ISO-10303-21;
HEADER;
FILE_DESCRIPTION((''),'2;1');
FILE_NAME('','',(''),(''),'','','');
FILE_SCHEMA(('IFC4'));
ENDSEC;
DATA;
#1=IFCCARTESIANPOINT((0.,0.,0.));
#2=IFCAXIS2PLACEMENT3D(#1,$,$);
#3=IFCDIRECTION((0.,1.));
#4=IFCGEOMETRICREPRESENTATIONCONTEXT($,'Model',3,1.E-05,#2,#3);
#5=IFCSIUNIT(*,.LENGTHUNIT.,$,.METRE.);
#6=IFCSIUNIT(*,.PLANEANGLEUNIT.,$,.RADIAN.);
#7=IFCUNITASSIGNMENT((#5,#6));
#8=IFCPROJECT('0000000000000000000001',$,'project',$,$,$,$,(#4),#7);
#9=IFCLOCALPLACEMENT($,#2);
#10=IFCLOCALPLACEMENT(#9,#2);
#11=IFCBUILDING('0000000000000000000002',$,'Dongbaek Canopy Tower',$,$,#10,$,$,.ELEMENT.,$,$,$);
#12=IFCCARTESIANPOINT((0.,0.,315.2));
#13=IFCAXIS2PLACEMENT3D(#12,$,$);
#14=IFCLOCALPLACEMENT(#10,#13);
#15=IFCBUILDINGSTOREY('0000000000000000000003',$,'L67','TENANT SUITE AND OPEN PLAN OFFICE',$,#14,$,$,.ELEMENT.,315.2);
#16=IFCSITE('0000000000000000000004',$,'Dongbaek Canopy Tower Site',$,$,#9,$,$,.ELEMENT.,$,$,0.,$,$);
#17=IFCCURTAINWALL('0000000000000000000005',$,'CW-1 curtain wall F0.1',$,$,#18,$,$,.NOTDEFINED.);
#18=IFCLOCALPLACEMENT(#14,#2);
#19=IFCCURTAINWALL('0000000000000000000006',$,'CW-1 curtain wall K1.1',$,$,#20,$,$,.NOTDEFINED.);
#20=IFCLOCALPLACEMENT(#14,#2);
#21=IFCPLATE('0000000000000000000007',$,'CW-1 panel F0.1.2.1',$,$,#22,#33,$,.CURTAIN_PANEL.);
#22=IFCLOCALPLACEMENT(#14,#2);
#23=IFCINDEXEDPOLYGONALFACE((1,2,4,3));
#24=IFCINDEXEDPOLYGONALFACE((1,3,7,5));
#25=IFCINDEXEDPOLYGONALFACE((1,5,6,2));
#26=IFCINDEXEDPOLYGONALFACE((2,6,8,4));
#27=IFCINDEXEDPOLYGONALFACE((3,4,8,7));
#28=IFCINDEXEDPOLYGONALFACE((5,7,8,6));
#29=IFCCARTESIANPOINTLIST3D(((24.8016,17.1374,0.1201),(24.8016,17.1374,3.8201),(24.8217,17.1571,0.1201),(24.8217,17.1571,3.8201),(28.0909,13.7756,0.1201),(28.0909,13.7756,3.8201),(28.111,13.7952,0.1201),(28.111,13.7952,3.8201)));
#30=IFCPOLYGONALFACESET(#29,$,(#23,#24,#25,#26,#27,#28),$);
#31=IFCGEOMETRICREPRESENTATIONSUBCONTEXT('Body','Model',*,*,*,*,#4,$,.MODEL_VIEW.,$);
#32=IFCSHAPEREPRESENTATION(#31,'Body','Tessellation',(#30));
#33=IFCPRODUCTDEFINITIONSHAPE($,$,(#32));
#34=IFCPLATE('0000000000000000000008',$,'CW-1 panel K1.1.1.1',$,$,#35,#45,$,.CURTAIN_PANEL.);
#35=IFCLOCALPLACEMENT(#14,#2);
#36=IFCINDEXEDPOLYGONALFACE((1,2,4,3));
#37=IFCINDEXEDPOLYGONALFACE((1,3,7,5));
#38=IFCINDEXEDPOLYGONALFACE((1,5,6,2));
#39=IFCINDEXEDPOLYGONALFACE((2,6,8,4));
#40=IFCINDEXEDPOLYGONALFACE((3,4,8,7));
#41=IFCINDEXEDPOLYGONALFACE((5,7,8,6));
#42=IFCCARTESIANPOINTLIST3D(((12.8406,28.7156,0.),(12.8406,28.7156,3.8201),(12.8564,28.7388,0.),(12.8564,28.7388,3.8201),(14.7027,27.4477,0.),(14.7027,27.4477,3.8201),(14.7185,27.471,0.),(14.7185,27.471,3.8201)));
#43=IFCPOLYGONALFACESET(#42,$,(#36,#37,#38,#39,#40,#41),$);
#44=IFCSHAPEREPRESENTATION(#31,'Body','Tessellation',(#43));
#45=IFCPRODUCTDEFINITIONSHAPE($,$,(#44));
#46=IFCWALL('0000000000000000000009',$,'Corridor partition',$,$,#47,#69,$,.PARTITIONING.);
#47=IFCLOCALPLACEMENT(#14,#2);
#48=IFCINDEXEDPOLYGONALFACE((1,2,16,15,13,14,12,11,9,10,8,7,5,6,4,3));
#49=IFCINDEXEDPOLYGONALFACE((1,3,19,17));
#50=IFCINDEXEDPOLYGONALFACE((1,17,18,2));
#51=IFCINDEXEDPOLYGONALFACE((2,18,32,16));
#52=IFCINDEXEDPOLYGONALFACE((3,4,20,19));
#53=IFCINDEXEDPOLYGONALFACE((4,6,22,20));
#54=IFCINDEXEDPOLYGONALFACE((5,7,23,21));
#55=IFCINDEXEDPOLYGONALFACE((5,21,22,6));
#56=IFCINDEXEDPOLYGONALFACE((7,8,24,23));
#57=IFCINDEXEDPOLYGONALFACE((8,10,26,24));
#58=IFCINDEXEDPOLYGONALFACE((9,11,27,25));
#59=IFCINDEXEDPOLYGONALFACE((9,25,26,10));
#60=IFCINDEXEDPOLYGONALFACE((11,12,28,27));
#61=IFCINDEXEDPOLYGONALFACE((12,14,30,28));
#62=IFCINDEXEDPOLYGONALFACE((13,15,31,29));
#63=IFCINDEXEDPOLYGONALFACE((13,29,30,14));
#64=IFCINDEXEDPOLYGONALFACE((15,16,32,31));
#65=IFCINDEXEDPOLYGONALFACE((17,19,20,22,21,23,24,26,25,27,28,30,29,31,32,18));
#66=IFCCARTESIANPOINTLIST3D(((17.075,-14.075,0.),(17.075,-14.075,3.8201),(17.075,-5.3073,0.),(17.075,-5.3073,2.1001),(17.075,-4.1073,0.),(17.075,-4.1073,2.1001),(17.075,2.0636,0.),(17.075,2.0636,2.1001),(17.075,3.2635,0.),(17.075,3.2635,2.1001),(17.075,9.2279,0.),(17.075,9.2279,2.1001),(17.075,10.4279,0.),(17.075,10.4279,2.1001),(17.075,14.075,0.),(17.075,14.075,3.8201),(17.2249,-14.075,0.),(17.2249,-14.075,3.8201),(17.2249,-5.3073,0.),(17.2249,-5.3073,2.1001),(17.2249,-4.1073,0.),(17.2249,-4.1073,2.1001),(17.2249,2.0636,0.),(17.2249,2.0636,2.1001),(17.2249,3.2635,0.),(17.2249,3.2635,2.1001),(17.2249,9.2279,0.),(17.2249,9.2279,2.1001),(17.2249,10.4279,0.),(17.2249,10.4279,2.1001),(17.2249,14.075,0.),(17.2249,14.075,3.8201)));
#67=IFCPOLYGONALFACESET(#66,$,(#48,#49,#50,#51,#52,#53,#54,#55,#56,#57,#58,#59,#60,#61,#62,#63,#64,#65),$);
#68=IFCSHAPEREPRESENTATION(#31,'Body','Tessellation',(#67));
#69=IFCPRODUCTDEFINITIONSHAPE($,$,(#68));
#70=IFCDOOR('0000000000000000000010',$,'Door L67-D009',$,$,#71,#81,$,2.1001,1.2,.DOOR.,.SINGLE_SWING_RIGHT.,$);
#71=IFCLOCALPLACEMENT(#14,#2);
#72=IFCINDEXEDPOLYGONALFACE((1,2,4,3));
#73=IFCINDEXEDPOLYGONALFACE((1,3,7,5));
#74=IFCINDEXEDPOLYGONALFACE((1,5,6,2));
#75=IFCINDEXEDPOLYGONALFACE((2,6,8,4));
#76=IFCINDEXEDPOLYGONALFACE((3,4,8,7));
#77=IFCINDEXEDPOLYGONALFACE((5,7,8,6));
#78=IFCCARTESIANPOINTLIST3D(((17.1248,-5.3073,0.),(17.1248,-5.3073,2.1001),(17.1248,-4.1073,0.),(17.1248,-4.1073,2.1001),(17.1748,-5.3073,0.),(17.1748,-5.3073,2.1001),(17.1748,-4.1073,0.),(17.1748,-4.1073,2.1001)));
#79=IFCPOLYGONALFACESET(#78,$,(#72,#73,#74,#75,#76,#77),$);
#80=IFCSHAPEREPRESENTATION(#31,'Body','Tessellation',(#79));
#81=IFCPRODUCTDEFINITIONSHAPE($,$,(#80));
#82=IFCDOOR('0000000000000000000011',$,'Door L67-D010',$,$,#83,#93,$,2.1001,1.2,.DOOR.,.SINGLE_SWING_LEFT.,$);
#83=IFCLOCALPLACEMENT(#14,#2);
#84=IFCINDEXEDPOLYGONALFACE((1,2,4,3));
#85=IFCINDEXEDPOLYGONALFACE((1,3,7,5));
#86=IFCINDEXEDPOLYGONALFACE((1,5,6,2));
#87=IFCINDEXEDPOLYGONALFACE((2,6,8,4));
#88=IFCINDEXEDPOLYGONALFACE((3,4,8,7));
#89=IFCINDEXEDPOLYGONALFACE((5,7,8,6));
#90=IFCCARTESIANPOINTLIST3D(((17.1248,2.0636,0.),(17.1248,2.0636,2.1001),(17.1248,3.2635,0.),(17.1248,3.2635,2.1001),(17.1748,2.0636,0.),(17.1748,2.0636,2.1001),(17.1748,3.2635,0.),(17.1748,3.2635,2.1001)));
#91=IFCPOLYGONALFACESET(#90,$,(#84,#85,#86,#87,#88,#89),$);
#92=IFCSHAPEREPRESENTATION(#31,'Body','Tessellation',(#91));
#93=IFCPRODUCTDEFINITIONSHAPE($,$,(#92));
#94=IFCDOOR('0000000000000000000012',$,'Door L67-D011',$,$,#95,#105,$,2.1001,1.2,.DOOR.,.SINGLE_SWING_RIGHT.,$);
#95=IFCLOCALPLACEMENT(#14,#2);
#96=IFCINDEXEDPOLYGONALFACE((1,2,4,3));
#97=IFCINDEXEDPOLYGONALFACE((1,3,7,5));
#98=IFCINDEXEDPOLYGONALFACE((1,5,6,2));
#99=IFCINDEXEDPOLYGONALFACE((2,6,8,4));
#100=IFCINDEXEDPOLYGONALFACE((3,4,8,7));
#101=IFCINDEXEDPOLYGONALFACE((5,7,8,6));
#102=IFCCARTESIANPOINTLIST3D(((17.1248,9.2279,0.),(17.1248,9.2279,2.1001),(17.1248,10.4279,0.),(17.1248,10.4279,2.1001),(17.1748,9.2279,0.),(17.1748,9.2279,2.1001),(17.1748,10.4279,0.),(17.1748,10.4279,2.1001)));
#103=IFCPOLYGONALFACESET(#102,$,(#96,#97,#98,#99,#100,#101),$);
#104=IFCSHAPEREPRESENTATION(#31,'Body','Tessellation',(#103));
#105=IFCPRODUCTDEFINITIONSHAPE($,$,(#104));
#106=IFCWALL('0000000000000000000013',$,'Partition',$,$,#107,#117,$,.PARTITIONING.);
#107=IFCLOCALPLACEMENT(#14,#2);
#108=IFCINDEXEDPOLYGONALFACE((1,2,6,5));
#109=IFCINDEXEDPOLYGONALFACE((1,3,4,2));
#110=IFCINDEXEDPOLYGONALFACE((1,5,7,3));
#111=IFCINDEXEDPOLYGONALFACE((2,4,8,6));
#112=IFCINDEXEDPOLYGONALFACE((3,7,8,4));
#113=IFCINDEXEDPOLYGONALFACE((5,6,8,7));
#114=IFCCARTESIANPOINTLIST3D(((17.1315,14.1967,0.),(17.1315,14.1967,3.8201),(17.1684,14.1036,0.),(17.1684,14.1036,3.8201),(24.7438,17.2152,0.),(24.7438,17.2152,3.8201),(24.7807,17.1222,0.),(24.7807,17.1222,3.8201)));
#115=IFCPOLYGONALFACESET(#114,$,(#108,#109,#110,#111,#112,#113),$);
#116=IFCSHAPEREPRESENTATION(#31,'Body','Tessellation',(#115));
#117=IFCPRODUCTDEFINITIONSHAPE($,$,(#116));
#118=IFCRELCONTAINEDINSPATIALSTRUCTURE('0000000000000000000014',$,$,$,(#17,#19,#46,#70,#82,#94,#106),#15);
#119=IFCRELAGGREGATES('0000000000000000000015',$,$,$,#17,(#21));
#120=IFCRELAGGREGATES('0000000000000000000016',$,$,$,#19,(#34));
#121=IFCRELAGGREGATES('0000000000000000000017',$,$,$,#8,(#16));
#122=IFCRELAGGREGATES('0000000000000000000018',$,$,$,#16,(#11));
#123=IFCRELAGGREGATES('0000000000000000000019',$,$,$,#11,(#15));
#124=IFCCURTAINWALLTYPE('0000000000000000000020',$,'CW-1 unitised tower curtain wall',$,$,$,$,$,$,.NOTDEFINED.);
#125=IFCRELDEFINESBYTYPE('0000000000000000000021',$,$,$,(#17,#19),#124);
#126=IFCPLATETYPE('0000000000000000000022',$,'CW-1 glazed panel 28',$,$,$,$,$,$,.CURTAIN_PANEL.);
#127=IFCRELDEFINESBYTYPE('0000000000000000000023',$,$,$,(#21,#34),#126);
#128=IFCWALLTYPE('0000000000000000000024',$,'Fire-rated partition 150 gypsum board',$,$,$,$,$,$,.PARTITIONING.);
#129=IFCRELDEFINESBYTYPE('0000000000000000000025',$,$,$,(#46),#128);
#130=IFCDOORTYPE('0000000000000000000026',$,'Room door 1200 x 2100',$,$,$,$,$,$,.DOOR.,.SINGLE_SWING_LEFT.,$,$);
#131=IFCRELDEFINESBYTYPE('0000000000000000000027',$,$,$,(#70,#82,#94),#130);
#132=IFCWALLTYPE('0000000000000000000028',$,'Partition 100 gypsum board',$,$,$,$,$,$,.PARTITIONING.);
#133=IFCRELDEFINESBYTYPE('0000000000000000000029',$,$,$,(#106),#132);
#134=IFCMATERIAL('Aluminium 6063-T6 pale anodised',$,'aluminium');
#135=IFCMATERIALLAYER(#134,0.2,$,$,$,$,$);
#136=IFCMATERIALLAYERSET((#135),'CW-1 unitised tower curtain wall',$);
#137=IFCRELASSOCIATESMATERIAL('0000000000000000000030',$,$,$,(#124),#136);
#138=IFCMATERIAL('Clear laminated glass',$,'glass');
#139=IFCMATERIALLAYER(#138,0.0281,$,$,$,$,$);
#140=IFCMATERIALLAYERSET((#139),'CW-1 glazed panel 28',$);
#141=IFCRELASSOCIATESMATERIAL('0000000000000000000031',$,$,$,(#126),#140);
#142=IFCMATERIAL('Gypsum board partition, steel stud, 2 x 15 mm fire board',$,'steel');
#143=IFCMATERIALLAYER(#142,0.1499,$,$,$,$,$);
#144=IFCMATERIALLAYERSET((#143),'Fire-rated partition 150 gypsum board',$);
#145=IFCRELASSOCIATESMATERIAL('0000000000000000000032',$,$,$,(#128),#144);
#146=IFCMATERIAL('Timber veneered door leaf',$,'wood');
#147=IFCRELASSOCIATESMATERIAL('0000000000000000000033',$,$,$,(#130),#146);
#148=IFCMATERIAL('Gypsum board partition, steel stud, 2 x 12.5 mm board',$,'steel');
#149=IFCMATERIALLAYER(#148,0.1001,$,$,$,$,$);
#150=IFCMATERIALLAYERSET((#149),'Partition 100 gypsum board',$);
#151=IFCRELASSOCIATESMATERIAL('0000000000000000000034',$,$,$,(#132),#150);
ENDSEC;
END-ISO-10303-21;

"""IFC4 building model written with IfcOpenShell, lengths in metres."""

from ifc_helpers import new_model, si_unit, direction, frame, frame_2d, origin, origin_2d, place, context, subcontext, project, spatial, rectangle, extrude, material, layer, layer_set, type_object, element, fill, aggregate, save


model = new_model("IFC4")

# Units and contexts
model_context = context("Model", 3, precision=1e-05, world=origin(), true_north=direction((0.0, 1.0)))
body_context = subcontext(model_context, "Body", "Model", "MODEL_VIEW")
ifc_project = project(units=[si_unit("LENGTHUNIT", "METRE"), si_unit("PLANEANGLEUNIT", "RADIAN")], contexts=[model_context])

# Site, building, storey
site_placement = place(None, origin())
site = spatial("IfcSite", under=ifc_project, at=site_placement, Name="Dongbaek Canopy Tower Site", CompositionType="ELEMENT", RefElevation=0.0)
building_placement = place(site_placement, origin())
building = spatial("IfcBuilding", under=site, at=building_placement, Name="Dongbaek Canopy Tower", CompositionType="ELEMENT")
storey_placement = place(building_placement, frame((0.0, 0.0, 315.2)))
storey = spatial("IfcBuildingStorey", under=building, at=storey_placement, Name="L67", Description="TENANT SUITE AND OPEN PLAN OFFICE", CompositionType="ELEMENT", Elevation=315.2)

# Curtain wall
ifc_material_1 = material(Name="Aluminium 6063-T6 pale anodised", Category="aluminium")
ifc_layer_1 = layer(ifc_material_1, 0.2)
ifc_layer_set_1 = layer_set([ifc_layer_1], Name="CW-1 unitised tower curtain wall")
curtain_wall_type = type_object("IfcCurtainWallType", Name="CW-1 unitised tower curtain wall", PredefinedType="NOTDEFINED", material=ifc_layer_set_1)
curtain_wall_1_placement = place(storey_placement, origin())
curtain_wall_1 = element("IfcCurtainWall", 1, at=curtain_wall_1_placement, inside=storey, type_object=curtain_wall_type, Name="CW-1 curtain wall F0.1", PredefinedType="NOTDEFINED")

# Curtain wall
curtain_wall_2_placement = place(storey_placement, origin())
curtain_wall_2 = element("IfcCurtainWall", 2, at=curtain_wall_2_placement, inside=storey, type_object=curtain_wall_type, Name="CW-1 curtain wall K1.1", PredefinedType="NOTDEFINED")

# Plates
ifc_material_2 = material(Name="Clear laminated glass", Category="glass")
ifc_layer_2 = layer(ifc_material_2, 0.0281)
ifc_layer_set_2 = layer_set([ifc_layer_2], Name="CW-1 glazed panel 28")
plate_type = type_object("IfcPlateType", Name="CW-1 glazed panel 28", PredefinedType="CURTAIN_PANEL", material=ifc_layer_set_2)
plate_1_placement = place(storey_placement, frame((26.4563, 15.4663, 0.1201), z_axis=(0.0, 0.0, 1.0), x_axis=(-0.699349, 0.71478, 0.0)))
plate_1 = element("IfcPlate", 3, at=plate_1_placement, type_object=plate_type, Name="CW-1 panel F0.1.2.1", PredefinedType="CURTAIN_PANEL", context=body_context, shape_type="SweptSolid", body=[
    extrude(rectangle(XDim=4.7034, YDim=0.0281, at=origin_2d()), origin(), (0.0, 0.0, 1.0), 3.7),
])
aggregate(curtain_wall_1, [plate_1])
plate_2_placement = place(storey_placement, frame((13.7795, 28.0933, 0.0), z_axis=(0.0, 0.0, 1.0), x_axis=(-0.826589, 0.562807, 0.0)))
plate_2 = element("IfcPlate", 4, at=plate_2_placement, type_object=plate_type, Name="CW-1 panel K1.1.1.1", PredefinedType="CURTAIN_PANEL", context=body_context, shape_type="SweptSolid", body=[
    extrude(rectangle(XDim=2.2527, YDim=0.0281, at=origin_2d()), origin(), (0.0, 0.0, 1.0), 3.8201),
])
aggregate(curtain_wall_2, [plate_2])

# Wall, openings, doors
ifc_material_3 = material(Name="Gypsum board partition, steel stud, 2 x 15 mm fire board", Category="steel")
ifc_layer_3 = layer(ifc_material_3, 0.1499)
ifc_layer_set_3 = layer_set([ifc_layer_3], Name="Fire-rated partition 150 gypsum board")
wall_type_1 = type_object("IfcWallType", Name="Fire-rated partition 150 gypsum board", PredefinedType="PARTITIONING", material=ifc_layer_set_3)
wall_1_placement = place(storey_placement, frame((17.1499, 14.075, 0.0), z_axis=(0.0, 0.0, 1.0), x_axis=(0.0, -1.0, 0.0)))
wall_1 = element("IfcWall", 5, at=wall_1_placement, inside=storey, type_object=wall_type_1, Name="Corridor partition", PredefinedType="PARTITIONING", context=body_context, shape_type="SweptSolid", body=[
    extrude(rectangle(XDim=28.1499, YDim=0.1499, at=frame_2d((14.075, 0.0))), origin(), (0.0, 0.0, 1.0), 3.8201),
])
opening_1_placement = place(wall_1_placement, frame((18.1821, 0.0, 0.0)))
opening_1 = element("IfcOpeningElement", 6, at=opening_1_placement, cuts=wall_1, PredefinedType="OPENING", context=body_context, shape_type="SweptSolid", body=[
    extrude(rectangle(XDim=1.2, YDim=2.1001, at=frame_2d((0.6001, 1.05))), frame((0.0, 0.085, 0.0), z_axis=(0.0, -1.0, 0.0), x_axis=(1.0, 0.0, 0.0)), (0.0, 0.0, 1.0), 0.1699),
])
opening_2_placement = place(wall_1_placement, frame((10.8113, 0.0, 0.0)))
opening_2 = element("IfcOpeningElement", 7, at=opening_2_placement, cuts=wall_1, PredefinedType="OPENING", context=body_context, shape_type="SweptSolid", body=[
    extrude(rectangle(XDim=1.2, YDim=2.1001, at=frame_2d((0.6001, 1.05))), frame((0.0, 0.085, 0.0), z_axis=(0.0, -1.0, 0.0), x_axis=(1.0, 0.0, 0.0)), (0.0, 0.0, 1.0), 0.1699),
])
opening_3_placement = place(wall_1_placement, frame((3.647, 0.0, 0.0)))
opening_3 = element("IfcOpeningElement", 8, at=opening_3_placement, cuts=wall_1, PredefinedType="OPENING", context=body_context, shape_type="SweptSolid", body=[
    extrude(rectangle(XDim=1.2, YDim=2.1001, at=frame_2d((0.6001, 1.05))), frame((0.0, 0.085, 0.0), z_axis=(0.0, -1.0, 0.0), x_axis=(1.0, 0.0, 0.0)), (0.0, 0.0, 1.0), 0.1699),
])
ifc_material_4 = material(Name="Timber veneered door leaf", Category="wood")
door_type_1 = type_object("IfcDoorType", Name="Room door 1200 x 2100", OperationType="SINGLE_SWING_LEFT", PredefinedType="DOOR", material=ifc_material_4)
door_1_placement = place(opening_1_placement, origin())
door_1 = element("IfcDoor", 9, at=door_1_placement, inside=storey, type_object=door_type_1, Name="Door L67-D009", OperationType="SINGLE_SWING_RIGHT", OverallHeight=2.1001, OverallWidth=1.2, PredefinedType="DOOR", context=body_context, shape_type="SweptSolid", body=[
    extrude(rectangle(XDim=1.2, YDim=2.1001, at=frame_2d((0.6001, 1.05))), frame((0.0, 0.0249, 0.0), z_axis=(0.0, -1.0, 0.0), x_axis=(1.0, 0.0, 0.0)), (0.0, 0.0, 1.0), 0.05),
])
fill(opening_1, door_1)
door_2_placement = place(opening_2_placement, origin())
door_2 = element("IfcDoor", 10, at=door_2_placement, inside=storey, type_object=door_type_1, Name="Door L67-D010", OperationType="SINGLE_SWING_LEFT", OverallHeight=2.1001, OverallWidth=1.2, PredefinedType="DOOR", context=body_context, shape_type="SweptSolid", body=[
    extrude(rectangle(XDim=1.2, YDim=2.1001, at=frame_2d((0.6001, 1.05))), frame((0.0, 0.0249, 0.0), z_axis=(0.0, -1.0, 0.0), x_axis=(1.0, 0.0, 0.0)), (0.0, 0.0, 1.0), 0.05),
])
fill(opening_2, door_2)
door_3_placement = place(opening_3_placement, origin())
door_3 = element("IfcDoor", 11, at=door_3_placement, inside=storey, type_object=door_type_1, Name="Door L67-D011", OperationType="SINGLE_SWING_RIGHT", OverallHeight=2.1001, OverallWidth=1.2, PredefinedType="DOOR", context=body_context, shape_type="SweptSolid", body=[
    extrude(rectangle(XDim=1.2, YDim=2.1001, at=frame_2d((0.6001, 1.05))), frame((0.0, 0.0249, 0.0), z_axis=(0.0, -1.0, 0.0), x_axis=(1.0, 0.0, 0.0)), (0.0, 0.0, 1.0), 0.05),
])
fill(opening_3, door_3)

# Wall
ifc_material_5 = material(Name="Gypsum board partition, steel stud, 2 x 12.5 mm board", Category="steel")
ifc_layer_4 = layer(ifc_material_5, 0.1001)
ifc_layer_set_4 = layer_set([ifc_layer_4], Name="Partition 100 gypsum board")
wall_type_2 = type_object("IfcWallType", Name="Partition 100 gypsum board", PredefinedType="PARTITIONING", material=ifc_layer_set_4)
wall_2_placement = place(storey_placement, frame((17.1499, 14.1501, 0.0), z_axis=(0.0, 0.0, 1.0), x_axis=(0.929583, 0.368613, 0.0)))
element("IfcWall", 12, at=wall_2_placement, inside=storey, type_object=wall_type_2, Name="Partition", PredefinedType="PARTITIONING", context=body_context, shape_type="SweptSolid", body=[
    extrude(rectangle(XDim=8.189, YDim=0.1001, at=frame_2d((4.0945, 0.0))), origin(), (0.0, 0.0, 1.0), 3.8201),
])

save(model, "model.ifc")
